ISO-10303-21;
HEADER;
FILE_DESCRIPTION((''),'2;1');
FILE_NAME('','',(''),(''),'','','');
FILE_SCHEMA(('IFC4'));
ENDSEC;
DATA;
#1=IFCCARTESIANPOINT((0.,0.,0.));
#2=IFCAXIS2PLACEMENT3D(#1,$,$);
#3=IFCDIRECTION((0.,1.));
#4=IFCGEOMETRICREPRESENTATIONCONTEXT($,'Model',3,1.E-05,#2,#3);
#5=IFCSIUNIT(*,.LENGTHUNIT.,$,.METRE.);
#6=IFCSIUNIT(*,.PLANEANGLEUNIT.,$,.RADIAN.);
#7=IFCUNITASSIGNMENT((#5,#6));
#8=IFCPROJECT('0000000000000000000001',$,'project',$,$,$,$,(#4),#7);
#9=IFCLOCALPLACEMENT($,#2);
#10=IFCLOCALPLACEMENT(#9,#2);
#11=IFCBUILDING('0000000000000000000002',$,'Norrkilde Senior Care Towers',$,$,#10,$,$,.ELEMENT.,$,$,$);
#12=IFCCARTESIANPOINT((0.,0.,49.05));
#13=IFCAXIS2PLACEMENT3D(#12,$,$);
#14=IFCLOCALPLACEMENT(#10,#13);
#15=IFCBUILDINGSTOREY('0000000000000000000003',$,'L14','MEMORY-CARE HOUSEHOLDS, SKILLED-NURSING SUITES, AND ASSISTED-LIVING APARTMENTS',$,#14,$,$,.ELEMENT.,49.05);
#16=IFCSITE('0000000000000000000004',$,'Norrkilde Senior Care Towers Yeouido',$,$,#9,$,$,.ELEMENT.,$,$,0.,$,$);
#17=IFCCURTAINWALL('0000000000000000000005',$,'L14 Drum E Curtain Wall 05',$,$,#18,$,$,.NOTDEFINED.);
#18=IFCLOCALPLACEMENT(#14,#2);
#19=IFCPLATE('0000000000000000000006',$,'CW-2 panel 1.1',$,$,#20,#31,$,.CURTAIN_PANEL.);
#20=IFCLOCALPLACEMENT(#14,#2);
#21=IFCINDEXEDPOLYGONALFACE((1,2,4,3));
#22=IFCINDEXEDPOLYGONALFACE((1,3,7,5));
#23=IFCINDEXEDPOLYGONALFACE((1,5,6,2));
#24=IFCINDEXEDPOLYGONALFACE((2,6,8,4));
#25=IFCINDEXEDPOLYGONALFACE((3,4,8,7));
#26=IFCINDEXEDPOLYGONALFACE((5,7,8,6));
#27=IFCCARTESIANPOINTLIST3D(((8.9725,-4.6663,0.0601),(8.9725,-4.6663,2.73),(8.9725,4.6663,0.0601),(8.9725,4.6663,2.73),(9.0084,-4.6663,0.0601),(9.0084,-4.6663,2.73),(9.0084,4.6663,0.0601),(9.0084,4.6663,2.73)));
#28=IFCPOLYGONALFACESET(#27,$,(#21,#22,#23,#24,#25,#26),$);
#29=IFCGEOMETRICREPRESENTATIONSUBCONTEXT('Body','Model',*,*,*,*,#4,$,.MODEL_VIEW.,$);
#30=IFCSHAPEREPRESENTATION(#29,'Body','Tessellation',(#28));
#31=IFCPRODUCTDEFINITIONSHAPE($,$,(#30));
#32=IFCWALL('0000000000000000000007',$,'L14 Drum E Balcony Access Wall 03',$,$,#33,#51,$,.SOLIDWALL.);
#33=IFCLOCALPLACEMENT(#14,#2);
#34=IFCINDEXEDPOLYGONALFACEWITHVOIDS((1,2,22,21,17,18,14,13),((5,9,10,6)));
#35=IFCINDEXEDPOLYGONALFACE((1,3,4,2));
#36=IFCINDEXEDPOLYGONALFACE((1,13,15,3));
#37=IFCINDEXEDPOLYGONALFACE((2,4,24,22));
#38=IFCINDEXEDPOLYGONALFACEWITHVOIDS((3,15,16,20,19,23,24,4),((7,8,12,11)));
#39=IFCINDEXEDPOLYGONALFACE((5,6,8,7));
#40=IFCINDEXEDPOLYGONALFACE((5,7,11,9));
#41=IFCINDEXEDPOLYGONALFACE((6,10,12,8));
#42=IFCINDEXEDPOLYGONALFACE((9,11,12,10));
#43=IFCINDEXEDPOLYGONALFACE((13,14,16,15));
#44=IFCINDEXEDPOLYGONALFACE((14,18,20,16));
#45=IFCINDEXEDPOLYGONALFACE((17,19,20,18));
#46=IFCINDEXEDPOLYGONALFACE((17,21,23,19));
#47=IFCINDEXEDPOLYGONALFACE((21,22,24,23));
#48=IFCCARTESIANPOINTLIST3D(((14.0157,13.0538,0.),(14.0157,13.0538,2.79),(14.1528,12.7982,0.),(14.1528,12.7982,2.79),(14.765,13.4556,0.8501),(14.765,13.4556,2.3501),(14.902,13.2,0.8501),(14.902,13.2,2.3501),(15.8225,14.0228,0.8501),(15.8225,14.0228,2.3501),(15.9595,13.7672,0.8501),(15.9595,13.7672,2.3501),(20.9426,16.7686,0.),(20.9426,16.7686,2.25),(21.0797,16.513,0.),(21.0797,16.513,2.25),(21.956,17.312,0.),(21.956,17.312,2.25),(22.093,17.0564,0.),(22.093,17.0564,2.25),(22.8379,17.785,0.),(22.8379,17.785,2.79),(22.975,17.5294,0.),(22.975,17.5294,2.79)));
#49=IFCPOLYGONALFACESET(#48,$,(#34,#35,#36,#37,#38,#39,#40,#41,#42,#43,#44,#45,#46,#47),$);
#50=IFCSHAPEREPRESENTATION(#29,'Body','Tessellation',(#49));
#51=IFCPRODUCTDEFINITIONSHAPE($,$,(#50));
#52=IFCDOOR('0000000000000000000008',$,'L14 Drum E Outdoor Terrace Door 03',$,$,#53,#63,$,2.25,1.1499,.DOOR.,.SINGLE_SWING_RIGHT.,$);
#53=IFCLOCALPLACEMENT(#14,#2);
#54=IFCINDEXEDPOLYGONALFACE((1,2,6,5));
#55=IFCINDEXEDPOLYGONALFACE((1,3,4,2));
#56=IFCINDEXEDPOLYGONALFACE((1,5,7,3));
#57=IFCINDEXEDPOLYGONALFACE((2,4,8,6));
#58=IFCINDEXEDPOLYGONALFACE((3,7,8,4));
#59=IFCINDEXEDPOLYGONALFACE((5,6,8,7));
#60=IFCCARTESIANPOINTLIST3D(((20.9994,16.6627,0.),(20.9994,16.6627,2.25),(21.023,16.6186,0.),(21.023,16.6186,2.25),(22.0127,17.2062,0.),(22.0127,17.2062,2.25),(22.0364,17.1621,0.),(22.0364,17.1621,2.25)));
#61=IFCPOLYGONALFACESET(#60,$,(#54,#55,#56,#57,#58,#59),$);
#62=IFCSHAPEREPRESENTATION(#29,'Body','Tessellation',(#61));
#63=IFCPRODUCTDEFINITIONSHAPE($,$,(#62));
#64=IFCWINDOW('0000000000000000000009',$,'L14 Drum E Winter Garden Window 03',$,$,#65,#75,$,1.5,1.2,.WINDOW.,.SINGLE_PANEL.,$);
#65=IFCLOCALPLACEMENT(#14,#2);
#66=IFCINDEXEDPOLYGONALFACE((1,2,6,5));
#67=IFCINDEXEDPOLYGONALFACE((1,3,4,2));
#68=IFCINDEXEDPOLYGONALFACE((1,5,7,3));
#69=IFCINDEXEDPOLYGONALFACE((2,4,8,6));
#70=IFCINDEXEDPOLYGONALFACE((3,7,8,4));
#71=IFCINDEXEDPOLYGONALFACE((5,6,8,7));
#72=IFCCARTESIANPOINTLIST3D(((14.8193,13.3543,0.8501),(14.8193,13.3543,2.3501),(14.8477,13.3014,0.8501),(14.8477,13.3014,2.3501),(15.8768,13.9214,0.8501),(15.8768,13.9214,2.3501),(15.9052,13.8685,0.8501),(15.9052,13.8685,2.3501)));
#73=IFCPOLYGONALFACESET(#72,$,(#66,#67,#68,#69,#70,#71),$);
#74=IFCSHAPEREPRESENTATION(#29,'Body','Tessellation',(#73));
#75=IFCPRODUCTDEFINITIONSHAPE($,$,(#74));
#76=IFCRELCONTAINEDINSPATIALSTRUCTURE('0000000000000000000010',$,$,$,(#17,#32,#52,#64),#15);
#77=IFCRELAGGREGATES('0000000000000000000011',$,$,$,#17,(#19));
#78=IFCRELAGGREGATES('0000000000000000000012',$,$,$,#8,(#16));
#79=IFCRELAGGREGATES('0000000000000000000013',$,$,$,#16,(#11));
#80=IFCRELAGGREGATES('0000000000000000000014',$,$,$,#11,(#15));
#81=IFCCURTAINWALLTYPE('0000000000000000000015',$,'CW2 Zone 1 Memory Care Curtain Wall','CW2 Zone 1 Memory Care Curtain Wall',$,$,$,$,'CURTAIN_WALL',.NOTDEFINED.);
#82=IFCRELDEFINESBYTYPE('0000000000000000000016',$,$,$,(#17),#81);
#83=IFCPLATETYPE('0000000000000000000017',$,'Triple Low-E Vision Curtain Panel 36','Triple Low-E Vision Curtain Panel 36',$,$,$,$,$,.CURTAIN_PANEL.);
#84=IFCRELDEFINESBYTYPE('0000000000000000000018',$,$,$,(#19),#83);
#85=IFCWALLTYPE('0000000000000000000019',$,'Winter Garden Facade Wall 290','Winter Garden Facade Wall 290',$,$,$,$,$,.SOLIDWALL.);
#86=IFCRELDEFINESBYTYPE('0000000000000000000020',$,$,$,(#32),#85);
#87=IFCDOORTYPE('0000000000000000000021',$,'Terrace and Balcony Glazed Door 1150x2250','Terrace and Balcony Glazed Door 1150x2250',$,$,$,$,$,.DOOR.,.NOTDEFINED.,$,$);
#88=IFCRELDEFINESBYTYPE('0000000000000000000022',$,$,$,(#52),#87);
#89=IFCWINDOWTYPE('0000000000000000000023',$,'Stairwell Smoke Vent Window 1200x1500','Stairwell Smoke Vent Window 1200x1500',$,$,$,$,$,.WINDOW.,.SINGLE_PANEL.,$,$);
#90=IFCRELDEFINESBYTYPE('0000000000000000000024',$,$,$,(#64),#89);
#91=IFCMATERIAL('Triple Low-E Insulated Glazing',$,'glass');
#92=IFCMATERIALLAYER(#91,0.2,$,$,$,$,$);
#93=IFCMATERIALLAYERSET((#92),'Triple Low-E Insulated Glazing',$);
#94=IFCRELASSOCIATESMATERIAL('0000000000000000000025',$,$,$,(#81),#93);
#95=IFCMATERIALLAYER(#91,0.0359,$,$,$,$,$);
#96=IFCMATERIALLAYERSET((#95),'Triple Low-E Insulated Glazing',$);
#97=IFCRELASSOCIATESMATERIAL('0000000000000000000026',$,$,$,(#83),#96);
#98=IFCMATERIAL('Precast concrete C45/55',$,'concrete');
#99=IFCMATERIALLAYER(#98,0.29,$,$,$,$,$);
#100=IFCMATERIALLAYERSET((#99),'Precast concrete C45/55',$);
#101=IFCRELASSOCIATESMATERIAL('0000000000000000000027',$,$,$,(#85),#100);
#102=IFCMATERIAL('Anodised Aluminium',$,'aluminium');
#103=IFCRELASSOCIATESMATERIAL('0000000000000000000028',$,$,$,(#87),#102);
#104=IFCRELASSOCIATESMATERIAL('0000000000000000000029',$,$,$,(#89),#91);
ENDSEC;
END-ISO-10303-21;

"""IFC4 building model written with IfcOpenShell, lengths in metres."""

from ifc_helpers import new_model, si_unit, direction, frame, frame_2d, origin, origin_2d, place, context, subcontext, project, spatial, rectangle, extrude, source, transform, mapped, material, layer, layer_set, type_object, type_shapes, element, fill, aggregate, save


model = new_model("IFC4")

# Units and contexts
model_context = context("Model", 3, precision=1e-05, world=origin(), true_north=direction((0.0, 1.0)))
body_context = subcontext(model_context, "Body", "Model", "MODEL_VIEW")
ifc_project = project(units=[si_unit("LENGTHUNIT", "METRE"), si_unit("PLANEANGLEUNIT", "RADIAN")], contexts=[model_context])

# Site, building, storey
site_placement = place(None, origin())
site = spatial("IfcSite", under=ifc_project, at=site_placement, Name="Norrkilde Senior Care Towers Yeouido", CompositionType="ELEMENT", RefElevation=0.0)
building_placement = place(site_placement, origin())
building = spatial("IfcBuilding", under=site, at=building_placement, Name="Norrkilde Senior Care Towers", CompositionType="ELEMENT")
storey_placement = place(building_placement, frame((0.0, 0.0, 49.05)))
storey = spatial("IfcBuildingStorey", under=building, at=storey_placement, Name="L14", Description="MEMORY-CARE HOUSEHOLDS, SKILLED-NURSING SUITES, AND ASSISTED-LIVING APARTMENTS", CompositionType="ELEMENT", Elevation=49.05)

# Shared definitions
ifc_material_1 = material(Name="Triple Low-E Insulated Glazing", Category="glass")
ifc_layer_1 = layer(ifc_material_1, 0.2)
ifc_layer_set_1 = layer_set([ifc_layer_1], Name="Triple Low-E Insulated Glazing")
curtain_wall_type = type_object("IfcCurtainWallType", Name="CW2 Zone 1 Memory Care Curtain Wall", Description="CW2 Zone 1 Memory Care Curtain Wall", ElementType="CURTAIN_WALL", PredefinedType="NOTDEFINED", material=ifc_layer_set_1)
ifc_material_2 = material(Name="Anodised Aluminium", Category="aluminium")

# Curtain wall
curtain_wall_1_placement = place(storey_placement, origin())
curtain_wall_1 = element("IfcCurtainWall", 1, at=curtain_wall_1_placement, inside=storey, type_object=curtain_wall_type, Name="L14 Drum E Curtain Wall 05", PredefinedType="NOTDEFINED")

# Plate
ifc_layer_2 = layer(ifc_material_1, 0.0359)
ifc_layer_set_2 = layer_set([ifc_layer_2], Name="Triple Low-E Insulated Glazing")
plate_type = type_object("IfcPlateType", Name="Triple Low-E Vision Curtain Panel 36", Description="Triple Low-E Vision Curtain Panel 36", PredefinedType="CURTAIN_PANEL", material=ifc_layer_set_2)
shared_shape_1 = source(origin(), body_context, "Body", "SweptSolid", [
    extrude(rectangle(XDim=9.3325, YDim=0.0359, at=origin_2d()), origin(), (0.0, 0.0, 1.0), 2.6699),
])
plate_1_placement = place(storey_placement, frame((8.9905, 0.0, 0.0601), z_axis=(0.0, 0.0, 1.0), x_axis=(0.0, 1.0, 0.0)))
plate_1 = element("IfcPlate", 2, at=plate_1_placement, type_object=plate_type, Name="CW-2 panel 1.1", PredefinedType="CURTAIN_PANEL", context=body_context, shape_type="MappedRepresentation", body=[
    mapped(shared_shape_1, transform((0.0, 0.0, 0.0), x_axis=(1.0, 0.0, 0.0), y_axis=(0.0, 1.0, 0.0), z_axis=(0.0, 0.0, 1.0), scale=1.0)),
])
aggregate(curtain_wall_1, [plate_1])

# Wall, openings, door, window
ifc_material_3 = material(Name="Precast concrete C45/55", Category="concrete")
ifc_layer_3 = layer(ifc_material_3, 0.29)
ifc_layer_set_3 = layer_set([ifc_layer_3], Name="Precast concrete C45/55")
wall_type_1 = type_object("IfcWallType", Name="Winter Garden Facade Wall 290", Description="Winter Garden Facade Wall 290", PredefinedType="SOLIDWALL", material=ifc_layer_set_3)
shared_shape_2 = source(origin(), body_context, "Body", "SweptSolid", [
    extrude(rectangle(XDim=10.0107, YDim=0.29, at=frame_2d((5.0054, 0.0))), origin(), (0.0, 0.0, 1.0), 2.79),
])
type_shapes(wall_type_1, [shared_shape_2])
wall_1_placement = place(storey_placement, frame((14.0842, 12.926, 0.0), z_axis=(0.0, 0.0, 1.0), x_axis=(0.881273, 0.472608, 0.0)))
wall_1 = element("IfcWall", 3, at=wall_1_placement, inside=storey, type_object=wall_type_1, Name="L14 Drum E Balcony Access Wall 03", PredefinedType="SOLIDWALL", context=body_context, shape_type="MappedRepresentation", body=[
    mapped(shared_shape_2, transform((0.0, 0.0, 0.0), x_axis=(1.0, 0.0, 0.0), y_axis=(0.0, 1.0, 0.0), z_axis=(0.0, 0.0, 1.0), scale=1.0)),
])
opening_1_placement = place(wall_1_placement, frame((7.8601, 0.0, 0.0)))
opening_1 = element("IfcOpeningElement", 4, at=opening_1_placement, cuts=wall_1, PredefinedType="OPENING", context=body_context, shape_type="SweptSolid", body=[
    extrude(rectangle(XDim=1.1499, YDim=2.25, at=frame_2d((0.575, 1.125))), frame((0.0, 0.155, 0.0), z_axis=(0.0, -1.0, 0.0), x_axis=(1.0, 0.0, 0.0)), (0.0, 0.0, 1.0), 0.3101),
])
opening_2_placement = place(wall_1_placement, frame((0.8501, 0.0, 0.8501)))
opening_2 = element("IfcOpeningElement", 5, at=opening_2_placement, cuts=wall_1, PredefinedType="OPENING", context=body_context, shape_type="SweptSolid", body=[
    extrude(rectangle(XDim=1.2, YDim=1.5, at=frame_2d((0.6001, 0.75))), frame((0.0, 0.155, 0.0), z_axis=(0.0, -1.0, 0.0), x_axis=(1.0, 0.0, 0.0)), (0.0, 0.0, 1.0), 0.3101),
])
door_type_1 = type_object("IfcDoorType", Name="Terrace and Balcony Glazed Door 1150x2250", Description="Terrace and Balcony Glazed Door 1150x2250", OperationType="NOTDEFINED", PredefinedType="DOOR", material=ifc_material_2)
shared_shape_3 = source(origin(), body_context, "Body", "SweptSolid", [
    extrude(rectangle(XDim=1.1499, YDim=2.25, at=frame_2d((0.575, 1.125))), frame((0.0, 0.0249, 0.0), z_axis=(0.0, -1.0, 0.0), x_axis=(1.0, 0.0, 0.0)), (0.0, 0.0, 1.0), 0.05),
])
type_shapes(door_type_1, [shared_shape_3])
door_1_placement = place(opening_1_placement, origin())
door_1 = element("IfcDoor", 6, at=door_1_placement, inside=storey, type_object=door_type_1, Name="L14 Drum E Outdoor Terrace Door 03", OperationType="SINGLE_SWING_RIGHT", OverallHeight=2.25, OverallWidth=1.1499, PredefinedType="DOOR", context=body_context, shape_type="MappedRepresentation", body=[
    mapped(shared_shape_3, transform((0.0, 0.0, 0.0), x_axis=(1.0, 0.0, 0.0), y_axis=(0.0, 1.0, 0.0), z_axis=(0.0, 0.0, 1.0), scale=1.0)),
])
fill(opening_1, door_1)
window_type = type_object("IfcWindowType", Name="Stairwell Smoke Vent Window 1200x1500", Description="Stairwell Smoke Vent Window 1200x1500", PartitioningType="SINGLE_PANEL", PredefinedType="WINDOW", material=ifc_material_1)
shared_shape_4 = source(origin(), body_context, "Body", "SweptSolid", [
    extrude(rectangle(XDim=1.2, YDim=1.5, at=frame_2d((0.6001, 0.75))), frame((0.0, 0.03, 0.0), z_axis=(0.0, -1.0, 0.0), x_axis=(1.0, 0.0, 0.0)), (0.0, 0.0, 1.0), 0.0601),
])
type_shapes(window_type, [shared_shape_4])
window_placement = place(opening_2_placement, origin())
window = element("IfcWindow", 7, at=window_placement, inside=storey, type_object=window_type, Name="L14 Drum E Winter Garden Window 03", OverallHeight=1.5, OverallWidth=1.2, PartitioningType="SINGLE_PANEL", PredefinedType="WINDOW", context=body_context, shape_type="MappedRepresentation", body=[
    mapped(shared_shape_4, transform((0.0, 0.0, 0.0), x_axis=(1.0, 0.0, 0.0), y_axis=(0.0, 1.0, 0.0), z_axis=(0.0, 0.0, 1.0), scale=1.0)),
])
fill(opening_2, window)

save(model, "model.ifc")
